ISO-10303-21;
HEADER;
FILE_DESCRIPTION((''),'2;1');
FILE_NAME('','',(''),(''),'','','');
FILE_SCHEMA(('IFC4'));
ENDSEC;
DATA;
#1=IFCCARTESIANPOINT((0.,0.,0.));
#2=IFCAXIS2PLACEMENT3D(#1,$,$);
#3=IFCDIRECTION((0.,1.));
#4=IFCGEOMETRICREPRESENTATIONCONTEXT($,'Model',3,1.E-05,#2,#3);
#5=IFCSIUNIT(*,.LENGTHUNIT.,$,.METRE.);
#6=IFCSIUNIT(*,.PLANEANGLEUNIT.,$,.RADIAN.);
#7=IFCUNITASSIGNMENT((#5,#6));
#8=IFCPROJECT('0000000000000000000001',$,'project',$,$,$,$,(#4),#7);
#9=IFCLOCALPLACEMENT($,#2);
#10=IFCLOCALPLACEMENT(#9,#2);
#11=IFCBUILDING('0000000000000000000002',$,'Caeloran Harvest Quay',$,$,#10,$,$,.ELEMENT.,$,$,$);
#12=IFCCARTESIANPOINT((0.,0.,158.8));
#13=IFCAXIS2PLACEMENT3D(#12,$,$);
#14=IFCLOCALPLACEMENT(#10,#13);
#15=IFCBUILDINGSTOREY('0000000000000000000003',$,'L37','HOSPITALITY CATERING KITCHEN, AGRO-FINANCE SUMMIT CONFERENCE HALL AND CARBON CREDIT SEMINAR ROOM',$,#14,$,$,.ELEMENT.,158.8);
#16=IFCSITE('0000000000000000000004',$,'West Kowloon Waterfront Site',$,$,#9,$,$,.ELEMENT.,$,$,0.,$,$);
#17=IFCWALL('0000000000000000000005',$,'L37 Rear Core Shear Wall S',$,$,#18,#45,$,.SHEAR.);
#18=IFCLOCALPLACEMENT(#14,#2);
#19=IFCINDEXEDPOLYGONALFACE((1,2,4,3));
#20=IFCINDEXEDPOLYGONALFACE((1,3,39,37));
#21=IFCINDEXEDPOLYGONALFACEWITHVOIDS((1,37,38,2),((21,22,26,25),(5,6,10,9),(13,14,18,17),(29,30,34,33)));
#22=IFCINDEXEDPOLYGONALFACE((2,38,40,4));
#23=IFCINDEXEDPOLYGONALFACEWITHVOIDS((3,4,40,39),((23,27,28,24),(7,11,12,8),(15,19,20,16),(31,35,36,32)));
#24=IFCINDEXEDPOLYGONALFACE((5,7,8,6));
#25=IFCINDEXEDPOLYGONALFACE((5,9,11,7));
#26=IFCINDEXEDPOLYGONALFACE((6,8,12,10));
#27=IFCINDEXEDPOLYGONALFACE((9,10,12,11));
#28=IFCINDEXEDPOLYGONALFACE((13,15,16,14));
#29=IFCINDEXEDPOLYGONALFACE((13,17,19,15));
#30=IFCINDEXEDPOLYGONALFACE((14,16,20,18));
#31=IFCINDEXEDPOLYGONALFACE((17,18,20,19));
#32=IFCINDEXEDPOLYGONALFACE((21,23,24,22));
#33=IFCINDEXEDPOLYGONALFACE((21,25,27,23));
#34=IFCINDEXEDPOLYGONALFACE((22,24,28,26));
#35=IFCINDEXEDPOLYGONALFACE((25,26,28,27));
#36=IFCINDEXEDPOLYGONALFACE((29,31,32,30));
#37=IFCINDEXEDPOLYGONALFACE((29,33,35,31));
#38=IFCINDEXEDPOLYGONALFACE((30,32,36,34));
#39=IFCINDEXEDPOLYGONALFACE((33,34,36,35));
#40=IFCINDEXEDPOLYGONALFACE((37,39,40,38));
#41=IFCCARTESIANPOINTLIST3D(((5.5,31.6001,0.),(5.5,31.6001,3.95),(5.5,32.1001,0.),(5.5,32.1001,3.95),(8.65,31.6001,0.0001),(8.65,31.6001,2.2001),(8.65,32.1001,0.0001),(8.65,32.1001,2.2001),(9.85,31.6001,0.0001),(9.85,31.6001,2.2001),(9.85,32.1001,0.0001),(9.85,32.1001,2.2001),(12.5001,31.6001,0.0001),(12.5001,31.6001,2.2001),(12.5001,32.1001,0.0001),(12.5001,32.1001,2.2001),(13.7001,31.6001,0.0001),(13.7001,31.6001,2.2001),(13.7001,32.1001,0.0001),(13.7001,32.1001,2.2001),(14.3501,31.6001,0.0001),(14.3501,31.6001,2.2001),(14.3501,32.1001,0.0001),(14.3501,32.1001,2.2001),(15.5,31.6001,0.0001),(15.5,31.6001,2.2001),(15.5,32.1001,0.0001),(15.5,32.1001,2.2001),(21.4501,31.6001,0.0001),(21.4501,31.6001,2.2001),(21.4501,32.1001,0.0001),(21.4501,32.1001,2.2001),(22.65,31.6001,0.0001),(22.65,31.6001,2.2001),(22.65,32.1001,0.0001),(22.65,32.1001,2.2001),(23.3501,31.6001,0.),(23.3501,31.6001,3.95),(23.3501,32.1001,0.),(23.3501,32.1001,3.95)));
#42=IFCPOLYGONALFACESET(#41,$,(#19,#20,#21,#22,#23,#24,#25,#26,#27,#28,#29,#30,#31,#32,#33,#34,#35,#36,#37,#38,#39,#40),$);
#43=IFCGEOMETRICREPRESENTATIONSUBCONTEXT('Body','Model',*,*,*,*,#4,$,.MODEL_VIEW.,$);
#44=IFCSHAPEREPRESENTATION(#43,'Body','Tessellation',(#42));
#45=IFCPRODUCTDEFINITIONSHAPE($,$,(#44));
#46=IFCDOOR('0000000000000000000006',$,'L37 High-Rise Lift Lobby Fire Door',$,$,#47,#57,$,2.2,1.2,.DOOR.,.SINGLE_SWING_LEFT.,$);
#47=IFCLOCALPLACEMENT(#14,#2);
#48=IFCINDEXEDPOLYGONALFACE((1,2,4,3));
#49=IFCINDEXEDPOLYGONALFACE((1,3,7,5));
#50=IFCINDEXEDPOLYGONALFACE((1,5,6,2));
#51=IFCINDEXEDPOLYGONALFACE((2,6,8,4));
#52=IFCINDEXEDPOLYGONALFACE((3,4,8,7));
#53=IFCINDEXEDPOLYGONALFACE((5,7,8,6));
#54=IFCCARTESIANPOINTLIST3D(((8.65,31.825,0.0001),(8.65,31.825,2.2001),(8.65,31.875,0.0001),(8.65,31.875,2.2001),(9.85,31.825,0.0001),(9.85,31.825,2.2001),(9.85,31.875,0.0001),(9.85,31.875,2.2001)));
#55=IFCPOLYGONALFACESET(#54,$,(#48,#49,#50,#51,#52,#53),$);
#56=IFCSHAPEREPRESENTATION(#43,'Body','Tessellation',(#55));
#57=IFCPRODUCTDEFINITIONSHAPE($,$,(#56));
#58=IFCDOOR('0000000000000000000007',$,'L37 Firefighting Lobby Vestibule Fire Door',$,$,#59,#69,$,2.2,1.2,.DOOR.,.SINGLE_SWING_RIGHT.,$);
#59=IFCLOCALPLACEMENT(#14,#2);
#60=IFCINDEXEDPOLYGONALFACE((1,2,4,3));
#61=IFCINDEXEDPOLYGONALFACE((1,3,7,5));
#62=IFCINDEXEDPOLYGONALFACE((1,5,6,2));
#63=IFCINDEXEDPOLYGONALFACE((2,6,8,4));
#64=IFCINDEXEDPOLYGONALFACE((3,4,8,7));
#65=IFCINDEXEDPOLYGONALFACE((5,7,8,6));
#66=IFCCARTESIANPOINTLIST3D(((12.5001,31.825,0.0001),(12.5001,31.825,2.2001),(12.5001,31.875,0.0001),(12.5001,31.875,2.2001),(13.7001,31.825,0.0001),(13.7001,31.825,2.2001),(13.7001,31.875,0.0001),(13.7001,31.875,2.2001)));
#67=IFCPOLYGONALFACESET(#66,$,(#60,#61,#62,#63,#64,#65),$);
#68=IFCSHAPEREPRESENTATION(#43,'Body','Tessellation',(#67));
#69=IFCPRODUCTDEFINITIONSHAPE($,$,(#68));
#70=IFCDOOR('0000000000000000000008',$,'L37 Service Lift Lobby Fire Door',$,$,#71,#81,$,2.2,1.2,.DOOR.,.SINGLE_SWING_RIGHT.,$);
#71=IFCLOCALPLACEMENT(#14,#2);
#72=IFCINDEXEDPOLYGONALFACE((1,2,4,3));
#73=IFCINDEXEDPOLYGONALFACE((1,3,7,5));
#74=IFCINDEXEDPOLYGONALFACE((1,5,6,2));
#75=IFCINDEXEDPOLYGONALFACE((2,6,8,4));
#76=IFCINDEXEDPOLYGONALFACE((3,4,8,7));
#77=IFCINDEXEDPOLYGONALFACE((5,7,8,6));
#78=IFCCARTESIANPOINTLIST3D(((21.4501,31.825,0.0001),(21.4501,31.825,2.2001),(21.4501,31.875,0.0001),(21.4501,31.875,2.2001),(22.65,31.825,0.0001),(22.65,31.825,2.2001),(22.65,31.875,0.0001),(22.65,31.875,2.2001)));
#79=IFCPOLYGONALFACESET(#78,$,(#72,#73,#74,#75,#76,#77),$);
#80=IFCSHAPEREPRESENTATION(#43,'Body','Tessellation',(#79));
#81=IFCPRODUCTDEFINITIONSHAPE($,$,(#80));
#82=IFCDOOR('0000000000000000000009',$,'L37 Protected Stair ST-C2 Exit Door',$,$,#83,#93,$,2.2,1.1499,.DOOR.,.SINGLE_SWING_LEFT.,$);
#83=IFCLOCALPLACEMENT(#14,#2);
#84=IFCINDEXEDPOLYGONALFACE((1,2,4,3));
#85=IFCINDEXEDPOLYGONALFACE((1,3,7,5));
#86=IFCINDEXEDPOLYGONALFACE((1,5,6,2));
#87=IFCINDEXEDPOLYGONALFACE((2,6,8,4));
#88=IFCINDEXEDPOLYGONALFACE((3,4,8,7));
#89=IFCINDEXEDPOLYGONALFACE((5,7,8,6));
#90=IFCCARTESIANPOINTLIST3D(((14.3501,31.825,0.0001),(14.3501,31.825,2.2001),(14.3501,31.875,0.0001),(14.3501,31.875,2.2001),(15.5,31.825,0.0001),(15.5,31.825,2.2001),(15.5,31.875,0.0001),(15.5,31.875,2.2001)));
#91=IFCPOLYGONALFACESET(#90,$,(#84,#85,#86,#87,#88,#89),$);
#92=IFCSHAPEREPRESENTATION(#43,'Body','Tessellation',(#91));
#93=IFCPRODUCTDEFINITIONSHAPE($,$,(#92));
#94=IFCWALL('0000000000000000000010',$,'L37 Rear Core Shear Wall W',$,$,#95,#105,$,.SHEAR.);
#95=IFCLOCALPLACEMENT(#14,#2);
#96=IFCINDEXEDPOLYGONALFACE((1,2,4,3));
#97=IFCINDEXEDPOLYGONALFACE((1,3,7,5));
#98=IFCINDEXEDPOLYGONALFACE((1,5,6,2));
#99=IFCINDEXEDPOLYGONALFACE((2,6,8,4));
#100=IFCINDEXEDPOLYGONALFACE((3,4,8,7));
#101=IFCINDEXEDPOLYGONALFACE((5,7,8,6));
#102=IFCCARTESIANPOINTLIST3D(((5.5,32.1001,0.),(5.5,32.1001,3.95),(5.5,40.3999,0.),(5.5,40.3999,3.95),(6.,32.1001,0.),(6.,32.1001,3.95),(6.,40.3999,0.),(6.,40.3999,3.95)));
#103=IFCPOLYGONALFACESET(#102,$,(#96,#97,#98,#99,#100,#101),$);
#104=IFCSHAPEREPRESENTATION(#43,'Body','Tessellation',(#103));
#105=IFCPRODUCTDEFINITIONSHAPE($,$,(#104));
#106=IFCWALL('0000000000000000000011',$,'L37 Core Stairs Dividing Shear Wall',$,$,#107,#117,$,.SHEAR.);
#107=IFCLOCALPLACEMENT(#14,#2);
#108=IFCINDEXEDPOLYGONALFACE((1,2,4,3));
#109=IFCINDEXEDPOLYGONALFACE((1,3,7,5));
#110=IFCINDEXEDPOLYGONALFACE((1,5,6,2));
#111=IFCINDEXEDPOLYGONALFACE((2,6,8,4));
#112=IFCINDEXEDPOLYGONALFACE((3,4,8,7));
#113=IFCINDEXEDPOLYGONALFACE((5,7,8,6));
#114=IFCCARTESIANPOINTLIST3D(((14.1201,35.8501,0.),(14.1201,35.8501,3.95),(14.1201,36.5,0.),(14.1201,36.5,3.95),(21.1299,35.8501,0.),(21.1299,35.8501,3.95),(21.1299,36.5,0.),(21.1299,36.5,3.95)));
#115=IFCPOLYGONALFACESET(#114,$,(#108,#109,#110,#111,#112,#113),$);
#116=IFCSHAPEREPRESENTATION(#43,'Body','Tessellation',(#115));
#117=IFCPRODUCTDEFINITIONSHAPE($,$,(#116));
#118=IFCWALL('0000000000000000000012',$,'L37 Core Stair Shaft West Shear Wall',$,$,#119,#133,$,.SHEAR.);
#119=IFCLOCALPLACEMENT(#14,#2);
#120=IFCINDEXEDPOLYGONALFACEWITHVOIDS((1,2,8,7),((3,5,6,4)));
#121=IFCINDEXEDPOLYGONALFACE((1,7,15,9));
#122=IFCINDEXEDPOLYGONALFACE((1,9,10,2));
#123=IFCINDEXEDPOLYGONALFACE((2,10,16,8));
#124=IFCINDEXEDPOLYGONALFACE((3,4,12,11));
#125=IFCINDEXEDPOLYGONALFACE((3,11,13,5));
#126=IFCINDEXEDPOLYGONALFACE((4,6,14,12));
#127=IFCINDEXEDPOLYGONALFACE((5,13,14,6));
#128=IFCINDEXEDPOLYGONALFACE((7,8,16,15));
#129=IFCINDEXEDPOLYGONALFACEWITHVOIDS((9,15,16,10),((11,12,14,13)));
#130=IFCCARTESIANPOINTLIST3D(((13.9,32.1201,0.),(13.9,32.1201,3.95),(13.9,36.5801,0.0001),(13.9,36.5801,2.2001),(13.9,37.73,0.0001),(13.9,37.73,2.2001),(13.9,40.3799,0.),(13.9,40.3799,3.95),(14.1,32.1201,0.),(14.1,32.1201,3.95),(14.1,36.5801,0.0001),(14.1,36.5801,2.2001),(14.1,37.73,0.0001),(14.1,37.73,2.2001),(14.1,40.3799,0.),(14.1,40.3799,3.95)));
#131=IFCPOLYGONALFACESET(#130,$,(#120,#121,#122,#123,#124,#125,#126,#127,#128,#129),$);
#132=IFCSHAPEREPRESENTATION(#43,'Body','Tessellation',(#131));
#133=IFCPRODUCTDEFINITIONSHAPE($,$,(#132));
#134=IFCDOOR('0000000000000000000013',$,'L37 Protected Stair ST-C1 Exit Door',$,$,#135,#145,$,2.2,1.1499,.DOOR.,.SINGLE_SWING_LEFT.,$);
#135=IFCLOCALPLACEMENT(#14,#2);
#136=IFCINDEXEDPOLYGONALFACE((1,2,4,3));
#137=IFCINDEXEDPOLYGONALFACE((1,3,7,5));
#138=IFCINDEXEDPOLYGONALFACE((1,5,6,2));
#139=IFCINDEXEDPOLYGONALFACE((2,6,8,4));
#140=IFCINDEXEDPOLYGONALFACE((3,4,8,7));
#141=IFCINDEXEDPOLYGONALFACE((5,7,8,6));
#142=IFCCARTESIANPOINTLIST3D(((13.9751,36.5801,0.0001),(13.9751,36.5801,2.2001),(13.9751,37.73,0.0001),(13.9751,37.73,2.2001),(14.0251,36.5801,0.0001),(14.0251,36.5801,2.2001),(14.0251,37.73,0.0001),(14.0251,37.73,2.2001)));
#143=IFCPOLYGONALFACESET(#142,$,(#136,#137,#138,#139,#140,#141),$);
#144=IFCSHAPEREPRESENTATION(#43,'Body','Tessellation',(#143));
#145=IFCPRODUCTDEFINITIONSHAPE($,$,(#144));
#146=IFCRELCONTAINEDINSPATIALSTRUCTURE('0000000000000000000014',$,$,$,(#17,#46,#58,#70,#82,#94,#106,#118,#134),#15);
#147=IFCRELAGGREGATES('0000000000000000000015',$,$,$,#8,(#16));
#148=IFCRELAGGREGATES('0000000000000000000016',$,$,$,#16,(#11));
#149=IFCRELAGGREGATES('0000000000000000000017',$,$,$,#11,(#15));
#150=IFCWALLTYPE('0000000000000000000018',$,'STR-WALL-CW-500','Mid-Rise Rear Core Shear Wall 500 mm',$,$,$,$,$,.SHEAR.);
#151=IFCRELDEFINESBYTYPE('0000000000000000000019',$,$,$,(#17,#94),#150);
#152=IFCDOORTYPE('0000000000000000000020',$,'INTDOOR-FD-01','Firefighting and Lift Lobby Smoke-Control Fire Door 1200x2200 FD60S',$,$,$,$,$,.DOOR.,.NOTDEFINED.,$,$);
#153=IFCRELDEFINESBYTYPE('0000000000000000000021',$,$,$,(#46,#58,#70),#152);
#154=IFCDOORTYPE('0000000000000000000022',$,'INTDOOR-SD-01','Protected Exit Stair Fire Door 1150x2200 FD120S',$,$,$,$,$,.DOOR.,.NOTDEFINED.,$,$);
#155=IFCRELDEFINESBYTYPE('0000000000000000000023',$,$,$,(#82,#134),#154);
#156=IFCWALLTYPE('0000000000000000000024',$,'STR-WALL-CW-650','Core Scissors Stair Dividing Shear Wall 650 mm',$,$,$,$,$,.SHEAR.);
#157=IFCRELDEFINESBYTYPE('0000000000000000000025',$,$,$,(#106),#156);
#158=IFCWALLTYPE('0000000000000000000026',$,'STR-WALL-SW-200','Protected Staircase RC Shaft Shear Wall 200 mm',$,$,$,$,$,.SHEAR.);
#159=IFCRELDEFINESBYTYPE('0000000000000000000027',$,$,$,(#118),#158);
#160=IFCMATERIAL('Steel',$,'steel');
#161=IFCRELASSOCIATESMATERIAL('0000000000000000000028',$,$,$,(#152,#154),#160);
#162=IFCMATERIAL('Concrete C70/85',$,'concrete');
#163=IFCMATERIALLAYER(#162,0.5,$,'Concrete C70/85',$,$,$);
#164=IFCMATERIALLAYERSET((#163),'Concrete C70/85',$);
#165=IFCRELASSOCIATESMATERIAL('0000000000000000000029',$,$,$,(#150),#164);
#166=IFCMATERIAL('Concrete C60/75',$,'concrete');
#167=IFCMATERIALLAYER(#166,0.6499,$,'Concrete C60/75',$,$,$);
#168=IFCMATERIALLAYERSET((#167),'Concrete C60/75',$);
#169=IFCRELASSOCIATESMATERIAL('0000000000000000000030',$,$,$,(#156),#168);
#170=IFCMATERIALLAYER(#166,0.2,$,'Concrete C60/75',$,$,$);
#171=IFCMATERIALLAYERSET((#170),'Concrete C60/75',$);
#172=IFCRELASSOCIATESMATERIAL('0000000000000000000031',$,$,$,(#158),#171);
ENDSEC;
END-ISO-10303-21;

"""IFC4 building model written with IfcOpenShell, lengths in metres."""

from ifc_helpers import new_model, si_unit, direction, frame, frame_2d, origin, place, context, subcontext, project, spatial, rectangle, extrude, material, layer, layer_set, type_object, element, fill, save


model = new_model("IFC4")

# Units and contexts
model_context = context("Model", 3, precision=1e-05, world=origin(), true_north=direction((0.0, 1.0)))
body_context = subcontext(model_context, "Body", "Model", "MODEL_VIEW")
ifc_project = project(units=[si_unit("LENGTHUNIT", "METRE"), si_unit("PLANEANGLEUNIT", "RADIAN")], contexts=[model_context])

# Site, building, storey
site_placement = place(None, origin())
site = spatial("IfcSite", under=ifc_project, at=site_placement, Name="West Kowloon Waterfront Site", CompositionType="ELEMENT", RefElevation=0.0)
building_placement = place(site_placement, origin())
building = spatial("IfcBuilding", under=site, at=building_placement, Name="Caeloran Harvest Quay", CompositionType="ELEMENT")
storey_placement = place(building_placement, frame((0.0, 0.0, 158.8)))
storey = spatial("IfcBuildingStorey", under=building, at=storey_placement, Name="L37", Description="HOSPITALITY CATERING KITCHEN, AGRO-FINANCE SUMMIT CONFERENCE HALL AND CARBON CREDIT SEMINAR ROOM", CompositionType="ELEMENT", Elevation=158.8)

# Shared definitions
ifc_material_1 = material(Name="Concrete C70/85", Category="concrete")

# Shared definitions
ifc_material_2 = material(Name="Concrete C60/75", Category="concrete")

# Shared definitions
ifc_material_3 = material(Name="Steel", Category="steel")
door_type_1 = type_object("IfcDoorType", Name="INTDOOR-FD-01", Description="Firefighting and Lift Lobby Smoke-Control Fire Door 1200x2200 FD60S", OperationType="NOTDEFINED", PredefinedType="DOOR", material=ifc_material_3)

# Wall, openings, doors
ifc_layer_1 = layer(ifc_material_1, 0.5, Name="Concrete C70/85")
ifc_layer_set_1 = layer_set([ifc_layer_1], Name="Concrete C70/85")
wall_type_1 = type_object("IfcWallType", Name="STR-WALL-CW-500", Description="Mid-Rise Rear Core Shear Wall 500 mm", PredefinedType="SHEAR", material=ifc_layer_set_1)
wall_1_placement = place(storey_placement, frame((5.5, 31.8501, 0.0), z_axis=(0.0, 0.0, 1.0), x_axis=(1.0, 0.0, 0.0)))
wall_1 = element("IfcWall", 1, at=wall_1_placement, inside=storey, type_object=wall_type_1, Name="L37 Rear Core Shear Wall S", PredefinedType="SHEAR", context=body_context, shape_type="SweptSolid", body=[
    extrude(rectangle(XDim=17.8501, YDim=0.5, at=frame_2d((8.925, 0.0))), origin(), (0.0, 0.0, 1.0), 3.95),
])
opening_1_placement = place(wall_1_placement, frame((3.1499, 0.0, 0.0)))
opening_1 = element("IfcOpeningElement", 2, at=opening_1_placement, cuts=wall_1, PredefinedType="OPENING", context=body_context, shape_type="SweptSolid", body=[
    extrude(rectangle(XDim=1.2, YDim=2.2, at=frame_2d((0.6001, 1.1001))), frame((0.0, 0.26, 0.0), z_axis=(0.0, -1.0, 0.0), x_axis=(1.0, 0.0, 0.0)), (0.0, 0.0, 1.0), 0.52),
])
opening_2_placement = place(wall_1_placement, frame((7.0, 0.0, 0.0)))
opening_2 = element("IfcOpeningElement", 3, at=opening_2_placement, cuts=wall_1, PredefinedType="OPENING", context=body_context, shape_type="SweptSolid", body=[
    extrude(rectangle(XDim=1.2, YDim=2.2, at=frame_2d((0.6001, 1.1001))), frame((0.0, 0.26, 0.0), z_axis=(0.0, -1.0, 0.0), x_axis=(1.0, 0.0, 0.0)), (0.0, 0.0, 1.0), 0.52),
])
opening_3_placement = place(wall_1_placement, frame((8.8501, 0.0, 0.0)))
opening_3 = element("IfcOpeningElement", 4, at=opening_3_placement, cuts=wall_1, PredefinedType="OPENING", context=body_context, shape_type="SweptSolid", body=[
    extrude(rectangle(XDim=1.1499, YDim=2.2, at=frame_2d((0.575, 1.1001))), frame((0.0, 0.26, 0.0), z_axis=(0.0, -1.0, 0.0), x_axis=(1.0, 0.0, 0.0)), (0.0, 0.0, 1.0), 0.52),
])
opening_4_placement = place(wall_1_placement, frame((15.95, 0.0, 0.0)))
opening_4 = element("IfcOpeningElement", 5, at=opening_4_placement, cuts=wall_1, PredefinedType="OPENING", context=body_context, shape_type="SweptSolid", body=[
    extrude(rectangle(XDim=1.2, YDim=2.2, at=frame_2d((0.6001, 1.1001))), frame((0.0, 0.26, 0.0), z_axis=(0.0, -1.0, 0.0), x_axis=(1.0, 0.0, 0.0)), (0.0, 0.0, 1.0), 0.52),
])
door_1_placement = place(opening_1_placement, origin())
door_1 = element("IfcDoor", 6, at=door_1_placement, inside=storey, type_object=door_type_1, Name="L37 High-Rise Lift Lobby Fire Door", OperationType="SINGLE_SWING_LEFT", OverallHeight=2.2, OverallWidth=1.2, PredefinedType="DOOR", context=body_context, shape_type="SweptSolid", body=[
    extrude(rectangle(XDim=1.2, YDim=2.2, at=frame_2d((0.6001, 1.1001))), frame((0.0, 0.0249, 0.0), z_axis=(0.0, -1.0, 0.0), x_axis=(1.0, 0.0, 0.0)), (0.0, 0.0, 1.0), 0.05),
])
fill(opening_1, door_1)
door_2_placement = place(opening_2_placement, origin())
door_2 = element("IfcDoor", 7, at=door_2_placement, inside=storey, type_object=door_type_1, Name="L37 Firefighting Lobby Vestibule Fire Door", OperationType="SINGLE_SWING_RIGHT", OverallHeight=2.2, OverallWidth=1.2, PredefinedType="DOOR", context=body_context, shape_type="SweptSolid", body=[
    extrude(rectangle(XDim=1.2, YDim=2.2, at=frame_2d((0.6001, 1.1001))), frame((0.0, 0.0249, 0.0), z_axis=(0.0, -1.0, 0.0), x_axis=(1.0, 0.0, 0.0)), (0.0, 0.0, 1.0), 0.05),
])
fill(opening_2, door_2)
door_3_placement = place(opening_4_placement, origin())
door_3 = element("IfcDoor", 8, at=door_3_placement, inside=storey, type_object=door_type_1, Name="L37 Service Lift Lobby Fire Door", OperationType="SINGLE_SWING_RIGHT", OverallHeight=2.2, OverallWidth=1.2, PredefinedType="DOOR", context=body_context, shape_type="SweptSolid", body=[
    extrude(rectangle(XDim=1.2, YDim=2.2, at=frame_2d((0.6001, 1.1001))), frame((0.0, 0.0249, 0.0), z_axis=(0.0, -1.0, 0.0), x_axis=(1.0, 0.0, 0.0)), (0.0, 0.0, 1.0), 0.05),
])
fill(opening_4, door_3)
door_type_2 = type_object("IfcDoorType", Name="INTDOOR-SD-01", Description="Protected Exit Stair Fire Door 1150x2200 FD120S", OperationType="NOTDEFINED", PredefinedType="DOOR", material=ifc_material_3)
door_4_placement = place(opening_3_placement, origin())
door_4 = element("IfcDoor", 9, at=door_4_placement, inside=storey, type_object=door_type_2, Name="L37 Protected Stair ST-C2 Exit Door", OperationType="SINGLE_SWING_LEFT", OverallHeight=2.2, OverallWidth=1.1499, PredefinedType="DOOR", context=body_context, shape_type="SweptSolid", body=[
    extrude(rectangle(XDim=1.1499, YDim=2.2, at=frame_2d((0.575, 1.1001))), frame((0.0, 0.0249, 0.0), z_axis=(0.0, -1.0, 0.0), x_axis=(1.0, 0.0, 0.0)), (0.0, 0.0, 1.0), 0.05),
])
fill(opening_3, door_4)

# Walls
wall_2_placement = place(storey_placement, frame((5.75, 32.1001, 0.0), z_axis=(0.0, 0.0, 1.0), x_axis=(0.0, 1.0, 0.0)))
element("IfcWall", 10, at=wall_2_placement, inside=storey, type_object=wall_type_1, Name="L37 Rear Core Shear Wall W", PredefinedType="SHEAR", context=body_context, shape_type="SweptSolid", body=[
    extrude(rectangle(XDim=8.2998, YDim=0.5, at=frame_2d((4.1499, 0.0))), origin(), (0.0, 0.0, 1.0), 3.95),
])
ifc_layer_2 = layer(ifc_material_2, 0.6499, Name="Concrete C60/75")
ifc_layer_set_2 = layer_set([ifc_layer_2], Name="Concrete C60/75")
wall_type_2 = type_object("IfcWallType", Name="STR-WALL-CW-650", Description="Core Scissors Stair Dividing Shear Wall 650 mm", PredefinedType="SHEAR", material=ifc_layer_set_2)
wall_3_placement = place(storey_placement, frame((14.1201, 36.175, 0.0), z_axis=(0.0, 0.0, 1.0), x_axis=(1.0, 0.0, 0.0)))
element("IfcWall", 11, at=wall_3_placement, inside=storey, type_object=wall_type_2, Name="L37 Core Stairs Dividing Shear Wall", PredefinedType="SHEAR", context=body_context, shape_type="SweptSolid", body=[
    extrude(rectangle(XDim=7.0098, YDim=0.6499, at=frame_2d((3.5049, 0.0))), origin(), (0.0, 0.0, 1.0), 3.95),
])

# Wall, opening, door
ifc_layer_3 = layer(ifc_material_2, 0.2, Name="Concrete C60/75")
ifc_layer_set_3 = layer_set([ifc_layer_3], Name="Concrete C60/75")
wall_type_3 = type_object("IfcWallType", Name="STR-WALL-SW-200", Description="Protected Staircase RC Shaft Shear Wall 200 mm", PredefinedType="SHEAR", material=ifc_layer_set_3)
wall_4_placement = place(storey_placement, frame((14.0, 32.1201, 0.0), z_axis=(0.0, 0.0, 1.0), x_axis=(0.0, 1.0, 0.0)))
wall_4 = element("IfcWall", 12, at=wall_4_placement, inside=storey, type_object=wall_type_3, Name="L37 Core Stair Shaft West Shear Wall", PredefinedType="SHEAR", context=body_context, shape_type="SweptSolid", body=[
    extrude(rectangle(XDim=8.2598, YDim=0.2, at=frame_2d((4.1299, 0.0))), origin(), (0.0, 0.0, 1.0), 3.95),
])
opening_5_placement = place(wall_4_placement, frame((4.46, 0.0, 0.0)))
opening_5 = element("IfcOpeningElement", 13, at=opening_5_placement, cuts=wall_4, PredefinedType="OPENING", context=body_context, shape_type="SweptSolid", body=[
    extrude(rectangle(XDim=1.1499, YDim=2.2, at=frame_2d((0.575, 1.1001))), frame((0.0, 0.1099, 0.0), z_axis=(0.0, -1.0, 0.0), x_axis=(1.0, 0.0, 0.0)), (0.0, 0.0, 1.0), 0.22),
])
door_5_placement = place(opening_5_placement, origin())
door_5 = element("IfcDoor", 14, at=door_5_placement, inside=storey, type_object=door_type_2, Name="L37 Protected Stair ST-C1 Exit Door", OperationType="SINGLE_SWING_LEFT", OverallHeight=2.2, OverallWidth=1.1499, PredefinedType="DOOR", context=body_context, shape_type="SweptSolid", body=[
    extrude(rectangle(XDim=1.1499, YDim=2.2, at=frame_2d((0.575, 1.1001))), frame((0.0, 0.0249, 0.0), z_axis=(0.0, -1.0, 0.0), x_axis=(1.0, 0.0, 0.0)), (0.0, 0.0, 1.0), 0.05),
])
fill(opening_5, door_5)

save(model, "model.ifc")
